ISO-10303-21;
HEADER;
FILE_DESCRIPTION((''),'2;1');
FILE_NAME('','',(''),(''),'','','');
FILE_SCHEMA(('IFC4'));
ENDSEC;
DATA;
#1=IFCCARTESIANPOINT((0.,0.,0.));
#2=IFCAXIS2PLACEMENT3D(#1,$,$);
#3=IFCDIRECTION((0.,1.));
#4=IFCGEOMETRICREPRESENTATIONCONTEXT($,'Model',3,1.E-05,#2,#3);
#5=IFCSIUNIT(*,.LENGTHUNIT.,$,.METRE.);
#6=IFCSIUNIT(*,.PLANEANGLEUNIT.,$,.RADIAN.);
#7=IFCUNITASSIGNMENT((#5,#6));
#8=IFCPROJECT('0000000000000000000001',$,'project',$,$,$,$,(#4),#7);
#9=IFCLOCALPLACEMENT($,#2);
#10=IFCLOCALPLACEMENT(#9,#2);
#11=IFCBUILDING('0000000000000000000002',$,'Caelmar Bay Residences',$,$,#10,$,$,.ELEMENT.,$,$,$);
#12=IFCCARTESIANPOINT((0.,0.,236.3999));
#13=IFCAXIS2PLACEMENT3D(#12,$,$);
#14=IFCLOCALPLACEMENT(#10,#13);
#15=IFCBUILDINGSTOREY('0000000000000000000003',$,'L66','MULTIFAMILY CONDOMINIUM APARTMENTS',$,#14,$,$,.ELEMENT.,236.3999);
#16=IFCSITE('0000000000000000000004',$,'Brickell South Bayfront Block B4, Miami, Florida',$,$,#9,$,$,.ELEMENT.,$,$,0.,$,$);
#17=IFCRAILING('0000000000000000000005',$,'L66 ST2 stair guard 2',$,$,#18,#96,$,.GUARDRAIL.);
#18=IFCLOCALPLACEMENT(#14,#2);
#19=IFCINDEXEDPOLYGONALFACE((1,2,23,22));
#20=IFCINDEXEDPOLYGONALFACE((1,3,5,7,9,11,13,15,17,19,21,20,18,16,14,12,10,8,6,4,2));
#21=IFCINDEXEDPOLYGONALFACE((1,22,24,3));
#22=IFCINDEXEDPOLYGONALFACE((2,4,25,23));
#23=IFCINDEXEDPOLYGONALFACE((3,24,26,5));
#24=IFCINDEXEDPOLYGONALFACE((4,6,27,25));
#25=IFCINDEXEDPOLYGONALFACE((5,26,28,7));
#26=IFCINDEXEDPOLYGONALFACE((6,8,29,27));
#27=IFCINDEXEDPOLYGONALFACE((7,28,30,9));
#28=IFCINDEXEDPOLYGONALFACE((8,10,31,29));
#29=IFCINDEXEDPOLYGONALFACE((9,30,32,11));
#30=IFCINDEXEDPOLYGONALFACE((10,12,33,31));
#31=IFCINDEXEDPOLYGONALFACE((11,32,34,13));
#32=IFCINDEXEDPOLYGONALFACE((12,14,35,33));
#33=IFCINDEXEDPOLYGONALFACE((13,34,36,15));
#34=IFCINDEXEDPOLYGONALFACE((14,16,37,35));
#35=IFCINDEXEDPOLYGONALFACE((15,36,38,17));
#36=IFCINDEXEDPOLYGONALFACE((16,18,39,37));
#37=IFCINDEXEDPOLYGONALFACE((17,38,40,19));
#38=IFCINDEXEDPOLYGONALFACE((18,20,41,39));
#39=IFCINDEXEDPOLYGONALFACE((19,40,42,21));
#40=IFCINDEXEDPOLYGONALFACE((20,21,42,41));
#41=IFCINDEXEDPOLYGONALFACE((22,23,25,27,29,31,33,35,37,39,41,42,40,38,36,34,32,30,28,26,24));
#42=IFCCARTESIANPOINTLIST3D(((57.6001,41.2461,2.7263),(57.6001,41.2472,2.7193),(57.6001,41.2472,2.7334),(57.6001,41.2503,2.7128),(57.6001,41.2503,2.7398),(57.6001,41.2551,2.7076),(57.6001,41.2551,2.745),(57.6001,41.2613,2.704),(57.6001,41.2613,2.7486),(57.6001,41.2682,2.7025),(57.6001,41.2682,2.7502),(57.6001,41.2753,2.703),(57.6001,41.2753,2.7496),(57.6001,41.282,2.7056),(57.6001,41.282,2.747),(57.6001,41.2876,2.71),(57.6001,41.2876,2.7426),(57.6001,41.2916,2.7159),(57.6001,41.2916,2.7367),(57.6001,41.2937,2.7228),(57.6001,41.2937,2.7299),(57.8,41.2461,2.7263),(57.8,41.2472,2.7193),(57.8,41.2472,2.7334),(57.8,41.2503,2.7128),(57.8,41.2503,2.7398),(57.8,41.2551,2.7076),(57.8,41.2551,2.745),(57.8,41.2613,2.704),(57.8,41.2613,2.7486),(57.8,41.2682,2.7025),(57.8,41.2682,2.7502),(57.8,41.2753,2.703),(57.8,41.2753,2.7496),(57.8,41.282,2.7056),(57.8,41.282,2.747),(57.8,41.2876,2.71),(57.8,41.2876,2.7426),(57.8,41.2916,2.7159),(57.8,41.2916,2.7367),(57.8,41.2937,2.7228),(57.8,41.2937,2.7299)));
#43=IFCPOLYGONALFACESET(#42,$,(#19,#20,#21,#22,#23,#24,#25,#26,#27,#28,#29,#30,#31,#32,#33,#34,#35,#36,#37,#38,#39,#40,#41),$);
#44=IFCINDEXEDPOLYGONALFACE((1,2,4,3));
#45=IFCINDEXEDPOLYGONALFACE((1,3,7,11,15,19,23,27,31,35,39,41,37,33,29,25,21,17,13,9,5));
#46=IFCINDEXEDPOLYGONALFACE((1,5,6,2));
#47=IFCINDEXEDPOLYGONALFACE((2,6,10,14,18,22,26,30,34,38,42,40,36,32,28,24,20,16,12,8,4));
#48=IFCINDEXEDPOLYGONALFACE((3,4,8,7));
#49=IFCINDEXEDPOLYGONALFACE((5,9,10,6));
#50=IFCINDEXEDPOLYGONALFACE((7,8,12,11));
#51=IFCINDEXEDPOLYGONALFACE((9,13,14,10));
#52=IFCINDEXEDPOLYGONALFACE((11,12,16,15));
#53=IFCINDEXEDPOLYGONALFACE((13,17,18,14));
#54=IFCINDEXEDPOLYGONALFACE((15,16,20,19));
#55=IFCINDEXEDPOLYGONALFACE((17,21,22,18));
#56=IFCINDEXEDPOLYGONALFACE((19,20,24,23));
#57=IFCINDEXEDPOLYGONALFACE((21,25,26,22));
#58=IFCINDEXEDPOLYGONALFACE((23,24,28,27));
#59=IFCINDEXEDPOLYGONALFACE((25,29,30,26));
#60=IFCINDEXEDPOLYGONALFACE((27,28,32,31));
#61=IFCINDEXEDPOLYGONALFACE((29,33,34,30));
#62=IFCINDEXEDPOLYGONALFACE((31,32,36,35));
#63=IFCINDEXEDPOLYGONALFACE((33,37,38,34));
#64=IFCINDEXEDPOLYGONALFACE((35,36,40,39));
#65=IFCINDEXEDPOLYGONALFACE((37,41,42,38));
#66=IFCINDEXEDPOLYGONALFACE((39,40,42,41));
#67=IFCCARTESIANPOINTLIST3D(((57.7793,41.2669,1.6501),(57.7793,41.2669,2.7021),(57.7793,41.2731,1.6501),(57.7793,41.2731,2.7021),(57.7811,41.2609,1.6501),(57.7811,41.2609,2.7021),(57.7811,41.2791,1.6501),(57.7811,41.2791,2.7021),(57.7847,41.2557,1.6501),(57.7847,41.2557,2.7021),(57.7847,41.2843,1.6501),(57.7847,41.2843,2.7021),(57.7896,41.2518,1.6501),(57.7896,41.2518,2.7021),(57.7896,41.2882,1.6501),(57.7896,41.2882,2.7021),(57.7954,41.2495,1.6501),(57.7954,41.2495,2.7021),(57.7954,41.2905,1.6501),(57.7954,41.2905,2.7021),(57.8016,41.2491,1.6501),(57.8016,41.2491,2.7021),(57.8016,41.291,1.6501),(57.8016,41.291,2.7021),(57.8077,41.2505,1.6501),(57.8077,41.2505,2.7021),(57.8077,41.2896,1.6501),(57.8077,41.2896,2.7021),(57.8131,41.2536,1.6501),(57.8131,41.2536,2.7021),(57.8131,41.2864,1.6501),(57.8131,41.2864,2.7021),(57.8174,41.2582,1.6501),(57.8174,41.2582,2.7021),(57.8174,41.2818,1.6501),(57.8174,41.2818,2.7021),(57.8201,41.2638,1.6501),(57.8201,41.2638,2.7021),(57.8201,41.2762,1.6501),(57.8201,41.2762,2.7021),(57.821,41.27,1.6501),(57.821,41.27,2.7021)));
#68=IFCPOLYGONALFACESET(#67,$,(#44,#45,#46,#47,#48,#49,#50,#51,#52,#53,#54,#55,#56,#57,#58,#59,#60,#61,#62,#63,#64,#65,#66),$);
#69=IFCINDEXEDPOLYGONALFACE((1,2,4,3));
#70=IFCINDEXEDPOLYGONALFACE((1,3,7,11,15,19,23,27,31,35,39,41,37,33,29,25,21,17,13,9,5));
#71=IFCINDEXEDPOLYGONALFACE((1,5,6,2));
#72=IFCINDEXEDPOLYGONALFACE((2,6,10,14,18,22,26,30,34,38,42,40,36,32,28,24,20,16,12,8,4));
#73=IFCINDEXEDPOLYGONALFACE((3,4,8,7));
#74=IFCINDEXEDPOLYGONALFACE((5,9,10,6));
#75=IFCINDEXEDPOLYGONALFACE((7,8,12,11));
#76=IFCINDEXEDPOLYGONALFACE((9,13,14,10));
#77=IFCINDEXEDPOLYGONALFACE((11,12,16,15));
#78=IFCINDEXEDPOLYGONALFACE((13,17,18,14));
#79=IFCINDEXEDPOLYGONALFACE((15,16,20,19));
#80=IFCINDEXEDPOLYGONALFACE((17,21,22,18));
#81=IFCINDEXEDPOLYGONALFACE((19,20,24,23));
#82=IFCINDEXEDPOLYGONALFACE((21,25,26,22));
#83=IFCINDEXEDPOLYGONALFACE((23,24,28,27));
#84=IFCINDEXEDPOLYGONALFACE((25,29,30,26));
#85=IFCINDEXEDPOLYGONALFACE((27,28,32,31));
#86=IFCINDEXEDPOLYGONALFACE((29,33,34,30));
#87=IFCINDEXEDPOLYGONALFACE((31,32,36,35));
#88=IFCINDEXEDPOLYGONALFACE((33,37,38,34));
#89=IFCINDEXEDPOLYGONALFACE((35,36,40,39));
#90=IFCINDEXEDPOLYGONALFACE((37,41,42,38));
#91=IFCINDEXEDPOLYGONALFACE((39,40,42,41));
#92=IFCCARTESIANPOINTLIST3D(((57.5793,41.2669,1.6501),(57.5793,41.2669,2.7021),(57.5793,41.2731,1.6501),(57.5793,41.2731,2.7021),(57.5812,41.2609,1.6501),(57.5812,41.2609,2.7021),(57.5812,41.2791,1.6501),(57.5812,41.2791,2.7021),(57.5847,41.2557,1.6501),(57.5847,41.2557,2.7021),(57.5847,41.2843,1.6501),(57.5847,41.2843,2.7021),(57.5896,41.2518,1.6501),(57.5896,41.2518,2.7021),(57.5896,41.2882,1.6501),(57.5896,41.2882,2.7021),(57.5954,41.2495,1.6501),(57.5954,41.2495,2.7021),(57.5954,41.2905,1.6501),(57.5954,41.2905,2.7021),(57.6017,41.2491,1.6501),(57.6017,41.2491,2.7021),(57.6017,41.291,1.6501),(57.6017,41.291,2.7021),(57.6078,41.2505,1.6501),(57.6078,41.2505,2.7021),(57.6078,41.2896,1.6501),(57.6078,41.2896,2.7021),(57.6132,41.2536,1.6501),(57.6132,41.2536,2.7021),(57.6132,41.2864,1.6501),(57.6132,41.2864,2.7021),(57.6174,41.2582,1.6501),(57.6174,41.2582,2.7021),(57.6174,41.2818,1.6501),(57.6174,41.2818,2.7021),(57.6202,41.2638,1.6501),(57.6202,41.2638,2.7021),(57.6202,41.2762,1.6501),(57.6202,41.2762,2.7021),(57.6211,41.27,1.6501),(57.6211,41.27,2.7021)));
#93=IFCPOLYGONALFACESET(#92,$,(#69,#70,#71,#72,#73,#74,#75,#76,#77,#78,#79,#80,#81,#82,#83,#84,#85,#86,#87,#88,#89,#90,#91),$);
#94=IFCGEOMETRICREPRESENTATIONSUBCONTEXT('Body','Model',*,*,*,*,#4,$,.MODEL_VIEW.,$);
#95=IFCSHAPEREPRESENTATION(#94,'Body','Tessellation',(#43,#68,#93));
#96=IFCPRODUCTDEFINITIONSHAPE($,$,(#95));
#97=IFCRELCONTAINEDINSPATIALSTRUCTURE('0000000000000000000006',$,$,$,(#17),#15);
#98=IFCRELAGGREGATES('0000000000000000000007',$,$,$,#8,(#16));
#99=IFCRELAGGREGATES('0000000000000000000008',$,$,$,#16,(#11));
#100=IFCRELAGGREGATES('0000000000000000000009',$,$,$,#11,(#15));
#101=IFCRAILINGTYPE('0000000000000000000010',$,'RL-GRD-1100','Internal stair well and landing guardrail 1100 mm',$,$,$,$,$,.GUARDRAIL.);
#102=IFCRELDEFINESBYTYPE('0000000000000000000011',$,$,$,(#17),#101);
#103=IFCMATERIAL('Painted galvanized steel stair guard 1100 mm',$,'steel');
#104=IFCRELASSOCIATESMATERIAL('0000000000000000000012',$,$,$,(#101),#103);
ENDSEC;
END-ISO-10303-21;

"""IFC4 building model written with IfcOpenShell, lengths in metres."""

from ifc_helpers import new_model, si_unit, direction, frame, origin, origin_2d, place, context, subcontext, project, spatial, circle, extrude, material, type_object, element, save


model = new_model("IFC4")

# Units and contexts
model_context = context("Model", 3, precision=1e-05, world=origin(), true_north=direction((0.0, 1.0)))
body_context = subcontext(model_context, "Body", "Model", "MODEL_VIEW")
ifc_project = project(units=[si_unit("LENGTHUNIT", "METRE"), si_unit("PLANEANGLEUNIT", "RADIAN")], contexts=[model_context])

# Site, building, storey
site_placement = place(None, origin())
site = spatial("IfcSite", under=ifc_project, at=site_placement, Name="Brickell South Bayfront Block B4, Miami, Florida", CompositionType="ELEMENT", RefElevation=0.0)
building_placement = place(site_placement, origin())
building = spatial("IfcBuilding", under=site, at=building_placement, Name="Caelmar Bay Residences", CompositionType="ELEMENT")
storey_placement = place(building_placement, frame((0.0, 0.0, 236.3999)))
storey = spatial("IfcBuildingStorey", under=building, at=storey_placement, Name="L66", Description="MULTIFAMILY CONDOMINIUM APARTMENTS", CompositionType="ELEMENT", Elevation=236.3999)

# Railing
ifc_material_1 = material(Name="Painted galvanized steel stair guard 1100 mm", Category="steel")
railing_type_1 = type_object("IfcRailingType", Name="RL-GRD-1100", Description="Internal stair well and landing guardrail 1100 mm", PredefinedType="GUARDRAIL", material=ifc_material_1)
railing_1_placement = place(storey_placement, frame((57.8, 41.27, 1.6501)))
element("IfcRailing", 1, at=railing_1_placement, inside=storey, type_object=railing_type_1, Name="L66 ST2 stair guard 2", PredefinedType="GUARDRAIL", context=body_context, shape_type="SweptSolid", body=[
    extrude(circle(Radius=0.0239, at=origin_2d()), frame((0.0, 0.0, 1.0762), z_axis=(-1.0, 0.0, 0.0), x_axis=(0.0, -1.0, 0.0)), (0.0, 0.0, 1.0), 0.2),
    extrude(circle(Radius=0.021, at=origin_2d()), origin(), (0.0, 0.0, 1.0), 1.052),
    extrude(circle(Radius=0.021, at=origin_2d()), frame((-0.2, 0.0, 0.0)), (0.0, 0.0, 1.0), 1.052),
])

save(model, "model.ifc")
